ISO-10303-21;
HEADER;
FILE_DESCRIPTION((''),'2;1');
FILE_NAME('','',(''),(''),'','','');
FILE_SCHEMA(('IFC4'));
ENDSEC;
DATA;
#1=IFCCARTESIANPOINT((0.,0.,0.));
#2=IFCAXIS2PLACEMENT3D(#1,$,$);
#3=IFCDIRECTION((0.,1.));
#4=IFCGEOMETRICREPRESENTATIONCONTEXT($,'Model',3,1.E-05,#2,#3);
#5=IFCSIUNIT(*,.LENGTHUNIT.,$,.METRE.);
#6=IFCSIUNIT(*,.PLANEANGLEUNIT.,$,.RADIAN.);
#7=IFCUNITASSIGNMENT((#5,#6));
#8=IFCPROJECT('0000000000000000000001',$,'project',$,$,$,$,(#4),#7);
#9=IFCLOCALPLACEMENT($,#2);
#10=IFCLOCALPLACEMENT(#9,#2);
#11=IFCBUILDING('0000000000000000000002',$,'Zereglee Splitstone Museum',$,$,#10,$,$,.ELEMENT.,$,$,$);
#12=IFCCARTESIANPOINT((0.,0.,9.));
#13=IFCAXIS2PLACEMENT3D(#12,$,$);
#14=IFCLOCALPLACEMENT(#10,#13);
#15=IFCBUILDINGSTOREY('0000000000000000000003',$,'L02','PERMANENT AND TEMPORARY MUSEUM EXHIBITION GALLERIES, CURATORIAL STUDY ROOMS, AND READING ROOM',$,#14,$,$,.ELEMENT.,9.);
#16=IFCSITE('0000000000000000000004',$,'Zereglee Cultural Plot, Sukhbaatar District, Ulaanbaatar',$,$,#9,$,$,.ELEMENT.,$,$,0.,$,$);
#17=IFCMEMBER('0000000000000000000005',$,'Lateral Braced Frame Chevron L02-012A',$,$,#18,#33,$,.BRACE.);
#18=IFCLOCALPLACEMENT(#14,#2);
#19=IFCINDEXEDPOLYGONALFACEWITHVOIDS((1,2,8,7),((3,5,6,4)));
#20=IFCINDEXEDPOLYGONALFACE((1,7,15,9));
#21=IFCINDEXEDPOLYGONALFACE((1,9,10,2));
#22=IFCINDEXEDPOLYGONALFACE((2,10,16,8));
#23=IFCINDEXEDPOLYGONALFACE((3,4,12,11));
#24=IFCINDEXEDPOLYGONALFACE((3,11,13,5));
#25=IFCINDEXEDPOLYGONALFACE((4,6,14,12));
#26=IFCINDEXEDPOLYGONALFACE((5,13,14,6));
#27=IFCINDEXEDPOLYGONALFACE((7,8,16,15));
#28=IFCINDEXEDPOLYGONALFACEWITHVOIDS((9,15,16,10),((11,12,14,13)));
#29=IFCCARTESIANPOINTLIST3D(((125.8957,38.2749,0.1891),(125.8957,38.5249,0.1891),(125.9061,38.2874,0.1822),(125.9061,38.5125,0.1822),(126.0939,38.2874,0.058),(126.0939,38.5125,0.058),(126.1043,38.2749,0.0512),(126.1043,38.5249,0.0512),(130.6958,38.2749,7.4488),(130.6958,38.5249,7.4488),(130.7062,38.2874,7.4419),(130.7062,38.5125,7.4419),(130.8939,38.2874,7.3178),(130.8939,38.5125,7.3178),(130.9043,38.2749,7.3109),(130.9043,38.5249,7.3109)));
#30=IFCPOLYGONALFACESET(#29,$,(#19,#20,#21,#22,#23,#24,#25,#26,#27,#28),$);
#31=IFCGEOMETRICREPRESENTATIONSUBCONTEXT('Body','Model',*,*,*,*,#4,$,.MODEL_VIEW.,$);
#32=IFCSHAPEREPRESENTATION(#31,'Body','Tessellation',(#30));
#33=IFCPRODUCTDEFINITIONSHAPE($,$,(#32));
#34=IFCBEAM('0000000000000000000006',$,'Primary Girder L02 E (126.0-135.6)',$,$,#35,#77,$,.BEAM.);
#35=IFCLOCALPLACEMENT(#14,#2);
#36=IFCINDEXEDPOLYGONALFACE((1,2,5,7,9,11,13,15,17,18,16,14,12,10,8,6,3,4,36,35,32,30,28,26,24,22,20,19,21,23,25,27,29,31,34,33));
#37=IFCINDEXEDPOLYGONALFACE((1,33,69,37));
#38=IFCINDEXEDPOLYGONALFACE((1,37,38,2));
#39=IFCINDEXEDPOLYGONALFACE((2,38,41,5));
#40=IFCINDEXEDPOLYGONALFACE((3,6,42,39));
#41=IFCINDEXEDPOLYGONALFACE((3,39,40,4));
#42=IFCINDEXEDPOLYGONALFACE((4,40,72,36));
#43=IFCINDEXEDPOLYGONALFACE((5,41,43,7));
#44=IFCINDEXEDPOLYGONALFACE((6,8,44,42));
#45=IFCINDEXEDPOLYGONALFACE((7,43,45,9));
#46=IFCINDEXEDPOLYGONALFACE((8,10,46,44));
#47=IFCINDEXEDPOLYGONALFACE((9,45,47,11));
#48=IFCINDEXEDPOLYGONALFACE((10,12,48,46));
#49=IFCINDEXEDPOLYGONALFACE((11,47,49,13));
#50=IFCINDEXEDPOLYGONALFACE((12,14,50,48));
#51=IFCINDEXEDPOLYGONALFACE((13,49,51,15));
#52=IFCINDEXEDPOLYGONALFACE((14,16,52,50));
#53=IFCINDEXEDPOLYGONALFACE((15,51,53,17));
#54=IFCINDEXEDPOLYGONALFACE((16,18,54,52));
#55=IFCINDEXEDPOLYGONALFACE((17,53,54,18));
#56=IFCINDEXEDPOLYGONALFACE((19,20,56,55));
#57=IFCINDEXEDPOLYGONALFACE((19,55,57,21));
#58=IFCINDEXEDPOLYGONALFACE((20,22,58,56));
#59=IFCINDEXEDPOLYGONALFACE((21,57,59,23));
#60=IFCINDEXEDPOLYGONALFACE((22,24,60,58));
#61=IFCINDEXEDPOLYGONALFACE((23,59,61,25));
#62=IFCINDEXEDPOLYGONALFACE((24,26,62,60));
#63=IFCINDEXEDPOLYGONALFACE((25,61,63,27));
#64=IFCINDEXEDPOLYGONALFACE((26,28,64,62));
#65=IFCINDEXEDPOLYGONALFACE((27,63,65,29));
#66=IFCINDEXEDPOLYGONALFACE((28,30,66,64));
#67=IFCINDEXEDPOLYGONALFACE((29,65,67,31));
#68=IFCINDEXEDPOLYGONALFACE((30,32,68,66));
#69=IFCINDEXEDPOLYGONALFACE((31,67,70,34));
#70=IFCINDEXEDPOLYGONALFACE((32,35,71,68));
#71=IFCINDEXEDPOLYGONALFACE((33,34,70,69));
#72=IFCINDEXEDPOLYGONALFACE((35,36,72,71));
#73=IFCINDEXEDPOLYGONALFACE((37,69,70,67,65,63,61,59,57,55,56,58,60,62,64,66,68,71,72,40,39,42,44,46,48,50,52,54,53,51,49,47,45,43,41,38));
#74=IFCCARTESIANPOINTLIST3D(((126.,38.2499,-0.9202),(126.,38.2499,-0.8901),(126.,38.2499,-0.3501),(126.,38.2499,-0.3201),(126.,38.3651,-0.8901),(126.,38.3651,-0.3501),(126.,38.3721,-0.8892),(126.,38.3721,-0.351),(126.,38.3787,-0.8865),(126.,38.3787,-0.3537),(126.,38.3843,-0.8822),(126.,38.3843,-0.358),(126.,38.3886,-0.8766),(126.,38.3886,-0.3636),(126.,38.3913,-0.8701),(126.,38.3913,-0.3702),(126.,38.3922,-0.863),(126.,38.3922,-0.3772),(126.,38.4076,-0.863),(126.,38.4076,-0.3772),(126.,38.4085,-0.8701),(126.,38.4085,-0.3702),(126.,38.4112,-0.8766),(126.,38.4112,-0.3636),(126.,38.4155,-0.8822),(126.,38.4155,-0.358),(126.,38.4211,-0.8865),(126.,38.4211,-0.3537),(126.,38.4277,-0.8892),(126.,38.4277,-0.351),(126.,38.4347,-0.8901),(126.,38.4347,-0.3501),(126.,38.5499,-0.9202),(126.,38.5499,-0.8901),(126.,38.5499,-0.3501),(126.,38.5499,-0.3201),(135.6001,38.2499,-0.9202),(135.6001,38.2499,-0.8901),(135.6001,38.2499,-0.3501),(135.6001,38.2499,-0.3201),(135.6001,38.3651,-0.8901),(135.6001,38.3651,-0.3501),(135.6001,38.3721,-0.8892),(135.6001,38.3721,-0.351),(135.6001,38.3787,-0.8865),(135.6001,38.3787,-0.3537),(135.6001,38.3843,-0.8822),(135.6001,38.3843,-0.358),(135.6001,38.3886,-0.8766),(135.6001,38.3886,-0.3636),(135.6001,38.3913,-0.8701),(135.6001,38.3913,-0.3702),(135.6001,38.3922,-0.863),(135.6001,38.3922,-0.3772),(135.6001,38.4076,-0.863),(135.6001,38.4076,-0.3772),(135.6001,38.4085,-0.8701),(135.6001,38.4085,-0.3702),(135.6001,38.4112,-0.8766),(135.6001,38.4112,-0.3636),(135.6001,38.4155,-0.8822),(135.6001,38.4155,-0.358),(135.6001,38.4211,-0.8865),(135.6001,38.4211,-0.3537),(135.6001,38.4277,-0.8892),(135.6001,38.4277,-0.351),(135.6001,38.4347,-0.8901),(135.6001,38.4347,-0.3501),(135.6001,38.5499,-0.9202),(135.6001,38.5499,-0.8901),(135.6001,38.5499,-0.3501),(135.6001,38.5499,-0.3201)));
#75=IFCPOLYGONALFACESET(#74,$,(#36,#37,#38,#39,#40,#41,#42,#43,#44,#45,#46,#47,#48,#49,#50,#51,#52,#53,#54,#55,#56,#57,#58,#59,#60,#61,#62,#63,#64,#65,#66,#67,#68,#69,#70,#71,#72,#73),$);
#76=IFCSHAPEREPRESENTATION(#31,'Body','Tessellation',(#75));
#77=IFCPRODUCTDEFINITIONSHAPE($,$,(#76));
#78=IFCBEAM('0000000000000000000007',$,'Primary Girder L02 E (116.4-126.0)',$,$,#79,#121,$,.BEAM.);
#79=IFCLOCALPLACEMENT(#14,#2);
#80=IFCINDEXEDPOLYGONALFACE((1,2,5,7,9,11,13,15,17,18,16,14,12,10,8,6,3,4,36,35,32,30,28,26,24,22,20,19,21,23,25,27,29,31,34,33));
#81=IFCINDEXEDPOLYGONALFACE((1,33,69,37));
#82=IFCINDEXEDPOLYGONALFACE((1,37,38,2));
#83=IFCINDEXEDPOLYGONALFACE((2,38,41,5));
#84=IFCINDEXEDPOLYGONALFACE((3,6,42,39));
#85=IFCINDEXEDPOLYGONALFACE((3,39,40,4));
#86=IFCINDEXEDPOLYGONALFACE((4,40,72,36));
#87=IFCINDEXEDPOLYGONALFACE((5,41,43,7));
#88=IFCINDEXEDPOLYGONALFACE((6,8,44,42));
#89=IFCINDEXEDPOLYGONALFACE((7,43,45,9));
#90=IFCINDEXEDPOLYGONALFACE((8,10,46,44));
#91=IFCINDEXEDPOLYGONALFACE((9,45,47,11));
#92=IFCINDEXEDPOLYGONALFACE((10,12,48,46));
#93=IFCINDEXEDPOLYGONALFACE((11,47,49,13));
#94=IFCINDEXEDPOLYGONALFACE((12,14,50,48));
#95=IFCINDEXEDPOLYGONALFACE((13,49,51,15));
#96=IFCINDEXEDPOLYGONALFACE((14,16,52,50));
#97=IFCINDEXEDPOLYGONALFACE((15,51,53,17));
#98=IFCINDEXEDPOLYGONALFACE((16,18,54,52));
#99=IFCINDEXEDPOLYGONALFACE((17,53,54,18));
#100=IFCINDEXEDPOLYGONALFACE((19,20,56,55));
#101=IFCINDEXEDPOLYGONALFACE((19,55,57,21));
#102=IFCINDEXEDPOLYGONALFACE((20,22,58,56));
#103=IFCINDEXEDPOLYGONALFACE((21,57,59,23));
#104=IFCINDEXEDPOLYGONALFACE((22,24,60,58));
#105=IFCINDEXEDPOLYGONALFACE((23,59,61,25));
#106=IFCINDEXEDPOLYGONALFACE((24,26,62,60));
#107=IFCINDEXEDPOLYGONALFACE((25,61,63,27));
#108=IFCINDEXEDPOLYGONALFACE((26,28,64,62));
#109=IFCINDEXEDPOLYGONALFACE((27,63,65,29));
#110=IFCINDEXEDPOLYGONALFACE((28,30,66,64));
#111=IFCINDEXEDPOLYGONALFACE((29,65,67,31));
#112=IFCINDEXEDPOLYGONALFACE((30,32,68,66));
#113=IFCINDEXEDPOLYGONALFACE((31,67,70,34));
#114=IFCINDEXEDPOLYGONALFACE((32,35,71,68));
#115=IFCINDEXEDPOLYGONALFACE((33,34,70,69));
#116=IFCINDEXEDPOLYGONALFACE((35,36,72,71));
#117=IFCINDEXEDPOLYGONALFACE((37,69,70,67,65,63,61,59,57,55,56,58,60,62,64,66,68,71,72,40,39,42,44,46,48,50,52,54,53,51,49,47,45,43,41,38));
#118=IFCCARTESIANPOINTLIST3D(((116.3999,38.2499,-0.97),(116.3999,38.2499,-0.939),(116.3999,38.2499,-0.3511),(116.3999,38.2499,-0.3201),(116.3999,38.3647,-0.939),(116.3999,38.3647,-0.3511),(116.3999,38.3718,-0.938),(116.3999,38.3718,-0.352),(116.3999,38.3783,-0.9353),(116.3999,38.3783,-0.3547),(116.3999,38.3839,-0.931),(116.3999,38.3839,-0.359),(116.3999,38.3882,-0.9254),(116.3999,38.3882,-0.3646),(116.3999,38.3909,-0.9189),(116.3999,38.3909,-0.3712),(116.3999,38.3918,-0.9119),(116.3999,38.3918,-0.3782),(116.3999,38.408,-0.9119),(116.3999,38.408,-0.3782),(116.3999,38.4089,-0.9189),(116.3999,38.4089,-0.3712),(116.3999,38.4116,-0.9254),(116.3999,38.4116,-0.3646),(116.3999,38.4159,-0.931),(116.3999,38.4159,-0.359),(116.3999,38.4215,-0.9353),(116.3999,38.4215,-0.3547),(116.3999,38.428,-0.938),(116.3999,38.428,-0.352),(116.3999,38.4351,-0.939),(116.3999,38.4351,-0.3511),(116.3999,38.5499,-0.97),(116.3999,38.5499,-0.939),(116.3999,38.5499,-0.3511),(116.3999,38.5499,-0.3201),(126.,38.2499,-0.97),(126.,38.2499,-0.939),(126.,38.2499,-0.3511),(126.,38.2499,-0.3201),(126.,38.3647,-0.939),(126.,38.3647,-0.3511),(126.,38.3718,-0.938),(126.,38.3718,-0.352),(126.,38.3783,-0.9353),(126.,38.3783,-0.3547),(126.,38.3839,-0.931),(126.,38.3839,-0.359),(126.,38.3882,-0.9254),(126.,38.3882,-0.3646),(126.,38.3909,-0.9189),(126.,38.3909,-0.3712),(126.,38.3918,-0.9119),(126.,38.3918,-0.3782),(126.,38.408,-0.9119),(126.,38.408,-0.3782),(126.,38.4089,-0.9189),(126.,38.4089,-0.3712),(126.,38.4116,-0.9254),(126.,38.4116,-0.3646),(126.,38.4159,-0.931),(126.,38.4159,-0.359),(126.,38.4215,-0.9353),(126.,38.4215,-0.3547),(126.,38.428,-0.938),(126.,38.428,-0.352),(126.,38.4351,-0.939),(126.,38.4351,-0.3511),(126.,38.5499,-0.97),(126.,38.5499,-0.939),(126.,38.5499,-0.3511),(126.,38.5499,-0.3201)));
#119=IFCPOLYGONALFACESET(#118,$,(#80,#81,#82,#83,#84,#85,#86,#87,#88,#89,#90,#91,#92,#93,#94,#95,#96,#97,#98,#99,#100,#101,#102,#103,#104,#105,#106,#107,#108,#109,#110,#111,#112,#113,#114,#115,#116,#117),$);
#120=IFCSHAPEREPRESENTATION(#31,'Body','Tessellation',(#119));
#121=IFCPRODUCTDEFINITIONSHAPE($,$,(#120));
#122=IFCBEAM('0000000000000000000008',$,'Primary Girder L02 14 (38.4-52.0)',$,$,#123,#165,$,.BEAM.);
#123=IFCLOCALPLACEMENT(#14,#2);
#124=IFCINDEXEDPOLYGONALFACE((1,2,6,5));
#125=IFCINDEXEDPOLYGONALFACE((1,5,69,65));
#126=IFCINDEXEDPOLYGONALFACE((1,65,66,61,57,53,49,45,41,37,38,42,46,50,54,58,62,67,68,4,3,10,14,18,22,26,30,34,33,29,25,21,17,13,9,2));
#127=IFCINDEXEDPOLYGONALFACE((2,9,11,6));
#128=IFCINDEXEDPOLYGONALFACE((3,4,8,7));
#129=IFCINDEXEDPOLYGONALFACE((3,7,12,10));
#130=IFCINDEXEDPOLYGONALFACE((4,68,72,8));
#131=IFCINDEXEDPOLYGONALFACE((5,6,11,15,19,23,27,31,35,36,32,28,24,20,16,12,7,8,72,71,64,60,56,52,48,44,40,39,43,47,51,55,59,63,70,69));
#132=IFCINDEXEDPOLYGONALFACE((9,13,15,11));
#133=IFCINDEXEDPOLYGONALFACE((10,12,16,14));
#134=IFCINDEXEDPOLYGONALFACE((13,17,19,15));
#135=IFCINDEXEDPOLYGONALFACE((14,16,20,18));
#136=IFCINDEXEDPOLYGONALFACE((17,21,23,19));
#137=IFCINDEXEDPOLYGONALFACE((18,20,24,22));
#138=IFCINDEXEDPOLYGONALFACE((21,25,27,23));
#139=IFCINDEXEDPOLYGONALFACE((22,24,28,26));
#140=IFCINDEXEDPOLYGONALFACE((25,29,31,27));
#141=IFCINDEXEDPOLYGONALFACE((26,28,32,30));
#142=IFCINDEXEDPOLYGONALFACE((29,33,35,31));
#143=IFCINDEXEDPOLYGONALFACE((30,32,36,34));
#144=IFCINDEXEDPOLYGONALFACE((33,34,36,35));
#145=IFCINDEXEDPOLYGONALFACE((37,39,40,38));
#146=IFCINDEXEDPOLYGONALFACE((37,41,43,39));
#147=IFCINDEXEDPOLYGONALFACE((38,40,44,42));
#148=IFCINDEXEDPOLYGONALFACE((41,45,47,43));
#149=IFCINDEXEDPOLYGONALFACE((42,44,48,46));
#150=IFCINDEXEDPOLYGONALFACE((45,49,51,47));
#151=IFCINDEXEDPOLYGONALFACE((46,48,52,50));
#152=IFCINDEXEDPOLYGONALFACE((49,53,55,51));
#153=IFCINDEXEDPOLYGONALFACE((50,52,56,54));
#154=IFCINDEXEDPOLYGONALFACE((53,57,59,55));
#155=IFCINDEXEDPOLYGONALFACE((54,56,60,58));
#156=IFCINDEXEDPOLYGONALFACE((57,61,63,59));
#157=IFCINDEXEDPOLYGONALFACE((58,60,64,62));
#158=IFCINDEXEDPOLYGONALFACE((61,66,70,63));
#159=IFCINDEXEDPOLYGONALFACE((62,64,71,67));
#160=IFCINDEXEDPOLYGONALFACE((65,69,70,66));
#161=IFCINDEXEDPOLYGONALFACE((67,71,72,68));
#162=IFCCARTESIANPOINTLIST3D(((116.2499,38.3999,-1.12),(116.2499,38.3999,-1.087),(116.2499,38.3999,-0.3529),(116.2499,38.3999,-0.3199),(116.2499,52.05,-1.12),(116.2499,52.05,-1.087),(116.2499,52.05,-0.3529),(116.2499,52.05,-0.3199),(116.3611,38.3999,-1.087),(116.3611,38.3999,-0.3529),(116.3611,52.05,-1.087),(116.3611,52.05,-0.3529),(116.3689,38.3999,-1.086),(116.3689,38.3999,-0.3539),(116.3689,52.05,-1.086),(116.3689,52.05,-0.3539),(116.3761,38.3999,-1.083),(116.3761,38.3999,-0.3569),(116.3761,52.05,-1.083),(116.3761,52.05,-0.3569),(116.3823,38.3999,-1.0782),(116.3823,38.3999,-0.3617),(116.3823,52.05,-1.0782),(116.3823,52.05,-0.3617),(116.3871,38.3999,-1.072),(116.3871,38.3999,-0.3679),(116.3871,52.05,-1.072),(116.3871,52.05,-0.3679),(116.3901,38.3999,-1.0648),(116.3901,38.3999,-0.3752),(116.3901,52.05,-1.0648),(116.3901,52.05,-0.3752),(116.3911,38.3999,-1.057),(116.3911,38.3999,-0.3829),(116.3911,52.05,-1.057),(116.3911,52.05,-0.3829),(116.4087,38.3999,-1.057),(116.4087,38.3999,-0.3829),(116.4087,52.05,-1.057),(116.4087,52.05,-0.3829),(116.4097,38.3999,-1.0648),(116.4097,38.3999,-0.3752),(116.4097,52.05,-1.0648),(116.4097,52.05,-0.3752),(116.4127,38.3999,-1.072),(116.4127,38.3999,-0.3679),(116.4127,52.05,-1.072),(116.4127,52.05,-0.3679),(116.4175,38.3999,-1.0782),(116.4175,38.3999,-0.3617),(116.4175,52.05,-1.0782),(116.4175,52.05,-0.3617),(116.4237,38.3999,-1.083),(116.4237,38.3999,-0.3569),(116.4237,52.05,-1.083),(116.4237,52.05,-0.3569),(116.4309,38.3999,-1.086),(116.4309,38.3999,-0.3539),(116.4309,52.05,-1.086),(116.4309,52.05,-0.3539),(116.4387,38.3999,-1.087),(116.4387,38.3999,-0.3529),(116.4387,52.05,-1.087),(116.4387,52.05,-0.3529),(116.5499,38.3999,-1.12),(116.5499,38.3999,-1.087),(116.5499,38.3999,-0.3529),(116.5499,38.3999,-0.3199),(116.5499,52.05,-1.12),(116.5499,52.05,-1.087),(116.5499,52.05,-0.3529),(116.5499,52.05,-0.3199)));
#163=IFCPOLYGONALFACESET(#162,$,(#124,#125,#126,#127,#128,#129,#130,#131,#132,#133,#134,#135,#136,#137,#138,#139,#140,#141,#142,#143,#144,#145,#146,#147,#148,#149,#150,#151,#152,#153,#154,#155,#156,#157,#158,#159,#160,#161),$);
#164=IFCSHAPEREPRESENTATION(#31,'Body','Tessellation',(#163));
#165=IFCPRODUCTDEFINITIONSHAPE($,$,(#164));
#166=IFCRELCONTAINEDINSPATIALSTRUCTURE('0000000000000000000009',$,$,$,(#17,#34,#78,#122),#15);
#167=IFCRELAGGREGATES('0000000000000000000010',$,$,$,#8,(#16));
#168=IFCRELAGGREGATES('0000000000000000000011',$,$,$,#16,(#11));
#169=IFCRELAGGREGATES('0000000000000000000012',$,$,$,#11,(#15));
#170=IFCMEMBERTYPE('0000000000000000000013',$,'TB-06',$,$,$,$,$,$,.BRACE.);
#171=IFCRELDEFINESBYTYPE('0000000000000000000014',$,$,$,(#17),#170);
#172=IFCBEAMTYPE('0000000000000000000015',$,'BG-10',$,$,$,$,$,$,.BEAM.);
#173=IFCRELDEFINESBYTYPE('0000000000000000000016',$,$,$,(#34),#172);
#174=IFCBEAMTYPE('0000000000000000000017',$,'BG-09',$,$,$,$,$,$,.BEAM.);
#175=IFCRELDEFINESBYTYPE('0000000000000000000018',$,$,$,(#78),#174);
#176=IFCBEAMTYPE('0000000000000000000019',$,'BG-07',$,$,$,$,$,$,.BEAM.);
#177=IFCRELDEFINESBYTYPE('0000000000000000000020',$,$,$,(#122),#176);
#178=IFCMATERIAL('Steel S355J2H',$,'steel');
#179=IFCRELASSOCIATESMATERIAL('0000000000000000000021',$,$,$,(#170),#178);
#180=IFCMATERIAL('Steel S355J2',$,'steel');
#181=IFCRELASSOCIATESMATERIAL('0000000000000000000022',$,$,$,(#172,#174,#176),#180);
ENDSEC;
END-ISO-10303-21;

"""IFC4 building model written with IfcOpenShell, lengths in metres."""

from ifc_helpers import new_model, si_unit, direction, frame, origin, origin_2d, place, context, subcontext, project, spatial, hollow_rectangle, i_section, extrude, material, material_profile, profile_set, type_object, element, save


model = new_model("IFC4")

# Units and contexts
model_context = context("Model", 3, precision=1e-05, world=origin(), true_north=direction((0.0, 1.0)))
body_context = subcontext(model_context, "Body", "Model", "MODEL_VIEW")
ifc_project = project(units=[si_unit("LENGTHUNIT", "METRE"), si_unit("PLANEANGLEUNIT", "RADIAN")], contexts=[model_context])

# Site, building, storey
site_placement = place(None, origin())
site = spatial("IfcSite", under=ifc_project, at=site_placement, Name="Zereglee Cultural Plot, Sukhbaatar District, Ulaanbaatar", CompositionType="ELEMENT", RefElevation=0.0)
building_placement = place(site_placement, origin())
building = spatial("IfcBuilding", under=site, at=building_placement, Name="Zereglee Splitstone Museum", CompositionType="ELEMENT")
storey_placement = place(building_placement, frame((0.0, 0.0, 9.0)))
storey = spatial("IfcBuildingStorey", under=building, at=storey_placement, Name="L02", Description="PERMANENT AND TEMPORARY MUSEUM EXHIBITION GALLERIES, CURATORIAL STUDY ROOMS, AND READING ROOM", CompositionType="ELEMENT", Elevation=9.0)

# Shared definitions
ifc_material_1 = material(Name="Steel S355J2H", Category="steel")
ifc_material_2 = material(Name="Steel S355J2", Category="steel")

# Member
ifc_material_profile_1 = material_profile(ifc_material_1, hollow_rectangle(XDim=0.25, YDim=0.25, WallThickness=0.0125, at=origin_2d()), Name="SHS 250x250x12.5")
ifc_profile_set_1 = profile_set([ifc_material_profile_1], Name="Steel S355J2H")
member_type_1 = type_object("IfcMemberType", Name="TB-06", PredefinedType="BRACE", material=ifc_profile_set_1)
member_1_placement = place(storey_placement, frame((126.0, 38.3999, 0.1201), z_axis=(0.551531, 0.0, 0.834155), x_axis=(0.0, 1.0, 0.0)))
element("IfcMember", 1, at=member_1_placement, inside=storey, type_object=member_type_1, Name="Lateral Braced Frame Chevron L02-012A", PredefinedType="BRACE", context=body_context, shape_type="SweptSolid", body=[
    extrude(hollow_rectangle(XDim=0.25, YDim=0.25, WallThickness=0.0125, at=origin_2d()), origin(), (0.0, 0.0, 1.0), 8.7031),
])

# Beams
ifc_material_profile_2 = material_profile(ifc_material_2, i_section(OverallWidth=0.3, OverallDepth=0.6001, WebThickness=0.0154, FlangeThickness=0.03, FilletRadius=0.0271, at=origin_2d()), Name="HE 600 B")
ifc_profile_set_2 = profile_set([ifc_material_profile_2], Name="Steel S355J2")
beam_type_1 = type_object("IfcBeamType", Name="BG-10", PredefinedType="BEAM", material=ifc_profile_set_2)
beam_1_placement = place(storey_placement, frame((126.0, 38.3999, -0.6201), z_axis=(1.0, 0.0, 0.0), x_axis=(0.0, 1.0, 0.0)))
element("IfcBeam", 2, at=beam_1_placement, inside=storey, type_object=beam_type_1, Name="Primary Girder L02 E (126.0-135.6)", PredefinedType="BEAM", context=body_context, shape_type="SweptSolid", body=[
    extrude(i_section(OverallWidth=0.3, OverallDepth=0.6001, WebThickness=0.0154, FlangeThickness=0.03, FilletRadius=0.0271, at=origin_2d()), origin(), (0.0, 0.0, 1.0), 9.6001),
])
ifc_material_profile_3 = material_profile(ifc_material_2, i_section(OverallWidth=0.3, OverallDepth=0.6499, WebThickness=0.0161, FlangeThickness=0.031, FilletRadius=0.0271, at=origin_2d()), Name="HE 650 B")
ifc_profile_set_3 = profile_set([ifc_material_profile_3], Name="Steel S355J2")
beam_type_2 = type_object("IfcBeamType", Name="BG-09", PredefinedType="BEAM", material=ifc_profile_set_3)
beam_2_placement = place(storey_placement, frame((116.3999, 38.3999, -0.645), z_axis=(1.0, 0.0, 0.0), x_axis=(0.0, 1.0, 0.0)))
element("IfcBeam", 3, at=beam_2_placement, inside=storey, type_object=beam_type_2, Name="Primary Girder L02 E (116.4-126.0)", PredefinedType="BEAM", context=body_context, shape_type="SweptSolid", body=[
    extrude(i_section(OverallWidth=0.3, OverallDepth=0.6499, WebThickness=0.0161, FlangeThickness=0.031, FilletRadius=0.0271, at=origin_2d()), origin(), (0.0, 0.0, 1.0), 9.6001),
])
ifc_material_profile_4 = material_profile(ifc_material_2, i_section(OverallWidth=0.3, OverallDepth=0.8, WebThickness=0.0176, FlangeThickness=0.033, FilletRadius=0.03, at=origin_2d()), Name="HE 800 B")
ifc_profile_set_4 = profile_set([ifc_material_profile_4], Name="Steel S355J2")
beam_type_3 = type_object("IfcBeamType", Name="BG-07", PredefinedType="BEAM", material=ifc_profile_set_4)
for number, where, z_axis, x_axis, name in (
    (4, (116.3999, 38.3999, -0.72), (0.0, 1.0, 0.0), (-1.0, 0.0, 0.0), "Primary Girder L02 14 (38.4-52.0)"),
):
    element("IfcBeam", number, at=place(storey_placement, frame(where, z_axis=z_axis, x_axis=x_axis)), inside=storey, type_object=beam_type_3, Name=name, PredefinedType="BEAM", context=body_context, shape_type="SweptSolid", body=[
        extrude(i_section(OverallWidth=0.3, OverallDepth=0.8, WebThickness=0.0176, FlangeThickness=0.033, FilletRadius=0.03, at=origin_2d()), origin(), (0.0, 0.0, 1.0), 13.6501),
    ])

save(model, "model.ifc")
